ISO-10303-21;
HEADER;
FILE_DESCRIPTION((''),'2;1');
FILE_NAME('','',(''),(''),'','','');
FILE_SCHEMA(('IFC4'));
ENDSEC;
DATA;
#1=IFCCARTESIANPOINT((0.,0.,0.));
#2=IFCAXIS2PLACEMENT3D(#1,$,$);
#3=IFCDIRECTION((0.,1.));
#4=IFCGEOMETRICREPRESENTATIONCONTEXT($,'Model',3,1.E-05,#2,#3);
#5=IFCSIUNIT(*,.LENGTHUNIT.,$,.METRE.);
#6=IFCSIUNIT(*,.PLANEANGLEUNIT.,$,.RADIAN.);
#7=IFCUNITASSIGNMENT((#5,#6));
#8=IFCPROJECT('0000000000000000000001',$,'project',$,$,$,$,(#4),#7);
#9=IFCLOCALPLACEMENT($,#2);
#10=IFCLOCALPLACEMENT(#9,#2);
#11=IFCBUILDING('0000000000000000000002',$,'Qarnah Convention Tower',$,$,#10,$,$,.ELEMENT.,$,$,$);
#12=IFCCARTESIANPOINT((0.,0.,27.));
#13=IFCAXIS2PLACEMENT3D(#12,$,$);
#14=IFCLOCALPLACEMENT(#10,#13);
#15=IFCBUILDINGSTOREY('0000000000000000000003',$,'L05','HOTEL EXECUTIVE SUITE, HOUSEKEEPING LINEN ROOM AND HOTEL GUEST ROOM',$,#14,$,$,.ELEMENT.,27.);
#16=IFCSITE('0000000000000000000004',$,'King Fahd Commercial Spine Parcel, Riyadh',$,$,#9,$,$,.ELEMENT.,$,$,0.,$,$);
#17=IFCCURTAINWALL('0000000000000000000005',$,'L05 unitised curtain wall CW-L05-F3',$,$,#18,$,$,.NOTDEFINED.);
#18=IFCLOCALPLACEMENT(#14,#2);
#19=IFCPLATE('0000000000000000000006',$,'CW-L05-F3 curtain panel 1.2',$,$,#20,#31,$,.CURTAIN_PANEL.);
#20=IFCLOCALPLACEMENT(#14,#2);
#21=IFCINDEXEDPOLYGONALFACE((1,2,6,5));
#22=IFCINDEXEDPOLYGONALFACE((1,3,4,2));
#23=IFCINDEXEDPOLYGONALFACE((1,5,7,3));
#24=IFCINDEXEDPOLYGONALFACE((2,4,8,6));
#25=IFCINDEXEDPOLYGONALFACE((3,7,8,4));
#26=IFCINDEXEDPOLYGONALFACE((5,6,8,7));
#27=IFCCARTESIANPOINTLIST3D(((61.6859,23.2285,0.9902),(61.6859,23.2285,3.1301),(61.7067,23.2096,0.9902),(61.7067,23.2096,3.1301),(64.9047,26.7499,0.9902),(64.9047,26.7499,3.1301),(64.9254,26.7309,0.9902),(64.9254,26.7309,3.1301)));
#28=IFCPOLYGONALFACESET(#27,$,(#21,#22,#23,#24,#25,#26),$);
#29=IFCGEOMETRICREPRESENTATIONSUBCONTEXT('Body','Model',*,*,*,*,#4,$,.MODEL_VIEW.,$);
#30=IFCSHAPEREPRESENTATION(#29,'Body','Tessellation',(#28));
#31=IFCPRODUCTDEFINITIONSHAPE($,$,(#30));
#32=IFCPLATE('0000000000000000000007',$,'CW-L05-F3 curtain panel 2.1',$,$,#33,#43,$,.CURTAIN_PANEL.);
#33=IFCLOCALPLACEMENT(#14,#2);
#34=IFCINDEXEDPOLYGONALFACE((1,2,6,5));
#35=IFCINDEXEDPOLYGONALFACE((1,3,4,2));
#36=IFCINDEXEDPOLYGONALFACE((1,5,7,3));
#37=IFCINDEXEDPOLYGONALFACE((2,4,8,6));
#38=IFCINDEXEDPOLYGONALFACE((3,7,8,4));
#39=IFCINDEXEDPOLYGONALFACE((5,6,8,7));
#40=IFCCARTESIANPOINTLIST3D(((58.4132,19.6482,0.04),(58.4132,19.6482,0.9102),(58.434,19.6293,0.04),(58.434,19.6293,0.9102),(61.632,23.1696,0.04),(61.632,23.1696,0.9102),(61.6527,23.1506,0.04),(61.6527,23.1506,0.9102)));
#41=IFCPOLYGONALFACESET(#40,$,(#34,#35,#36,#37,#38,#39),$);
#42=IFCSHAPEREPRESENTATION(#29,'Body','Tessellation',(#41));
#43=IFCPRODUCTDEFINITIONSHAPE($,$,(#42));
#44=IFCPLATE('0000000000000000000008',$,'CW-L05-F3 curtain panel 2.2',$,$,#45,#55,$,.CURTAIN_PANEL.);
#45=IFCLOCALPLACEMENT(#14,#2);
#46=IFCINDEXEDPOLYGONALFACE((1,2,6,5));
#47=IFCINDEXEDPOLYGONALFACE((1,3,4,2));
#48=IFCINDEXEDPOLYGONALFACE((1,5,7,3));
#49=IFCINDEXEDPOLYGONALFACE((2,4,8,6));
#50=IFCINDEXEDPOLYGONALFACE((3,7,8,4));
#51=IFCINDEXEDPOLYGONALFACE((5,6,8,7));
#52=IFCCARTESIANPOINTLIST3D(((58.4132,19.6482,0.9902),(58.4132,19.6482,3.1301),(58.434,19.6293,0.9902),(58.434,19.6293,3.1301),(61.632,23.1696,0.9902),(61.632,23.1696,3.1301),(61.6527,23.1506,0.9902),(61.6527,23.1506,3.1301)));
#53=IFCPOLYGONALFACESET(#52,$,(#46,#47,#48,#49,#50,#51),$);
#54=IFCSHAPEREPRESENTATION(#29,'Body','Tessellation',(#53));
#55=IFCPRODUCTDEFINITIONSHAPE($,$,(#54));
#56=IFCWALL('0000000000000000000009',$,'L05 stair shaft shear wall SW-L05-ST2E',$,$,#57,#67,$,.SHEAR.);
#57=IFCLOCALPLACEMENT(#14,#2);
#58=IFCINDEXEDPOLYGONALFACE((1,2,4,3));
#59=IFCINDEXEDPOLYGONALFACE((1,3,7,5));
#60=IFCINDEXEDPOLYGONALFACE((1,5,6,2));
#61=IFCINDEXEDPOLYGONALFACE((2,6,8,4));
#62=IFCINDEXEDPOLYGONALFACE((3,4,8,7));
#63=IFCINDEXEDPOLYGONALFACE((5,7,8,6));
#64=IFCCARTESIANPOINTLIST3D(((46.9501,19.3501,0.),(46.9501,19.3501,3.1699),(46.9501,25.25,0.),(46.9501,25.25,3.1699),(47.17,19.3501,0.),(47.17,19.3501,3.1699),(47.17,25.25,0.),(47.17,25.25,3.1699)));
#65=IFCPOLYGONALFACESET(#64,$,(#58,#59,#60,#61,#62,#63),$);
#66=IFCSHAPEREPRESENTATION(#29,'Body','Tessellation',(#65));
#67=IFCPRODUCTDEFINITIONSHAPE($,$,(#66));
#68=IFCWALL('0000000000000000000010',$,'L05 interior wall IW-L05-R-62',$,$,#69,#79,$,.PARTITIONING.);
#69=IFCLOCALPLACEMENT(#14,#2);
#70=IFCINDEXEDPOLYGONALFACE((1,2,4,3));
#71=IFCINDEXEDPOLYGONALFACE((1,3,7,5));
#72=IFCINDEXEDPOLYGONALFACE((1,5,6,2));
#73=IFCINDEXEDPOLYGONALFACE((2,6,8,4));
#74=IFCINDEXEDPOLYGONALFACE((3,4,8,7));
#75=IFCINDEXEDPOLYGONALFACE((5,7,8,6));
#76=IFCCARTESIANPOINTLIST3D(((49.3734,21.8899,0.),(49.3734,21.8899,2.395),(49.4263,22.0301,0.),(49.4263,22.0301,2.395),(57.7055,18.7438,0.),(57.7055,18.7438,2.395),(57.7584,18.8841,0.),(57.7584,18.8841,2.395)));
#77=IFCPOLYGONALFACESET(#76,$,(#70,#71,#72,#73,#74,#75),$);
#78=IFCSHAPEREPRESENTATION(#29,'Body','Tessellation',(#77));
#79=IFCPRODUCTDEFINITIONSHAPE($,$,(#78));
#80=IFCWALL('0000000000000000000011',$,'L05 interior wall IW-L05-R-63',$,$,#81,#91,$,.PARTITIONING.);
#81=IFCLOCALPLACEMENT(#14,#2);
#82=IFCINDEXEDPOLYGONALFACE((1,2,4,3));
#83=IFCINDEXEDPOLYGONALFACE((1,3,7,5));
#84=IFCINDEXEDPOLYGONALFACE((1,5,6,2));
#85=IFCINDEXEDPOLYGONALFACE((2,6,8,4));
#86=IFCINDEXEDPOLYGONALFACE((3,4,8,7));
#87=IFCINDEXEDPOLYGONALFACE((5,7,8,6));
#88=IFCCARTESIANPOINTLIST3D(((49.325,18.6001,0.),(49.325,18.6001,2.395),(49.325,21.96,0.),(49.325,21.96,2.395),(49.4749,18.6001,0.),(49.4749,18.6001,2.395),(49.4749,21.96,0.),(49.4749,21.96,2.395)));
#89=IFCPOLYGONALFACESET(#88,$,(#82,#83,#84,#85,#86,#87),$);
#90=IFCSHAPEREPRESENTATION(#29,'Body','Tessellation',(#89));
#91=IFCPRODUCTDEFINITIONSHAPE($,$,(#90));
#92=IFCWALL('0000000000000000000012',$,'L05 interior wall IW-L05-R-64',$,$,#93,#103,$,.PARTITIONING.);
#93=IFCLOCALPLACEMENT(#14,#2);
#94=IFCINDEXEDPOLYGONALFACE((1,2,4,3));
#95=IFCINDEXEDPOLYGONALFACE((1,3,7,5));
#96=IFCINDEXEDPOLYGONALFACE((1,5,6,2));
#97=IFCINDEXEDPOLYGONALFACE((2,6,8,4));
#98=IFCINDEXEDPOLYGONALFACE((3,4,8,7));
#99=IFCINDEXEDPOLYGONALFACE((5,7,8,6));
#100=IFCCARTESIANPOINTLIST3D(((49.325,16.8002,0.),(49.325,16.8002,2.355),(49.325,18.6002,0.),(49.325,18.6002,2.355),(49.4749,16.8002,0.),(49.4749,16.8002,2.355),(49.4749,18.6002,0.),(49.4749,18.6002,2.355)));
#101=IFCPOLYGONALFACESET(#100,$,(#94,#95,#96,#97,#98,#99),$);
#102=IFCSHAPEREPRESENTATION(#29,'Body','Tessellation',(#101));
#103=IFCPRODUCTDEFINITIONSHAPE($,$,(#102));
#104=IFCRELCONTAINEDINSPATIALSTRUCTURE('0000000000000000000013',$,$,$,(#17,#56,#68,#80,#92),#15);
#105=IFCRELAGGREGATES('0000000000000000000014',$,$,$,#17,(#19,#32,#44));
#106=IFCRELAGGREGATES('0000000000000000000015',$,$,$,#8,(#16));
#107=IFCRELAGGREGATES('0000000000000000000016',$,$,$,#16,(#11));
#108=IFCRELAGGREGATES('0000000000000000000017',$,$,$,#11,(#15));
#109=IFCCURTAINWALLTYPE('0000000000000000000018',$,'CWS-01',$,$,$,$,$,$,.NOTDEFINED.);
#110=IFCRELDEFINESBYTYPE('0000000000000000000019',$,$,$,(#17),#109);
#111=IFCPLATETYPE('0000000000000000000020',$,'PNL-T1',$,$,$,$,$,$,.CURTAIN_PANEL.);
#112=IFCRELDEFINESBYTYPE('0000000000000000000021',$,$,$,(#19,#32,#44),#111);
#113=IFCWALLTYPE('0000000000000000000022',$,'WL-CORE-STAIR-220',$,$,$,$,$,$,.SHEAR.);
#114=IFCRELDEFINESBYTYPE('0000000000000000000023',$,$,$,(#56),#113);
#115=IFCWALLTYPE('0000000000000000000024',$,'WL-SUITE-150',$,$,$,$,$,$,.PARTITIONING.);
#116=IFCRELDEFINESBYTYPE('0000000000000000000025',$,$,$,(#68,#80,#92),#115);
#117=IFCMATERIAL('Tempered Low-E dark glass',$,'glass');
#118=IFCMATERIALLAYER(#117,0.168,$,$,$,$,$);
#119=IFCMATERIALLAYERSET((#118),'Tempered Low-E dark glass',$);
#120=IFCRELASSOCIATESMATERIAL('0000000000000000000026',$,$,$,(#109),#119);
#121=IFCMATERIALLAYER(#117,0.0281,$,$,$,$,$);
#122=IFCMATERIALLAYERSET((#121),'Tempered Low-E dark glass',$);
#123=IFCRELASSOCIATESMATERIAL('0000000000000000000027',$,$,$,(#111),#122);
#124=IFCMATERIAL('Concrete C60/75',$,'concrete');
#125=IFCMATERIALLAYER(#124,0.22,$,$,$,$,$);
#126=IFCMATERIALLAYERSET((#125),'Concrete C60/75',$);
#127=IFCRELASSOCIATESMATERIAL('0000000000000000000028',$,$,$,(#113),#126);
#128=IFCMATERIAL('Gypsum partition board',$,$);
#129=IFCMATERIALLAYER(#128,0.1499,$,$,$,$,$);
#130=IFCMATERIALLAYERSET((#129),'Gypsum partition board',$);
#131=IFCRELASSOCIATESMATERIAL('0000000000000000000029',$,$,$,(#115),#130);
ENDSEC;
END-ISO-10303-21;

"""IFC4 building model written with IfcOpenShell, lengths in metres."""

from ifc_helpers import new_model, si_unit, direction, frame, frame_2d, origin, origin_2d, place, context, subcontext, project, spatial, rectangle, extrude, material, layer, layer_set, type_object, element, aggregate, save


model = new_model("IFC4")

# Units and contexts
model_context = context("Model", 3, precision=1e-05, world=origin(), true_north=direction((0.0, 1.0)))
body_context = subcontext(model_context, "Body", "Model", "MODEL_VIEW")
ifc_project = project(units=[si_unit("LENGTHUNIT", "METRE"), si_unit("PLANEANGLEUNIT", "RADIAN")], contexts=[model_context])

# Site, building, storey
site_placement = place(None, origin())
site = spatial("IfcSite", under=ifc_project, at=site_placement, Name="King Fahd Commercial Spine Parcel, Riyadh", CompositionType="ELEMENT", RefElevation=0.0)
building_placement = place(site_placement, origin())
building = spatial("IfcBuilding", under=site, at=building_placement, Name="Qarnah Convention Tower", CompositionType="ELEMENT")
storey_placement = place(building_placement, frame((0.0, 0.0, 27.0)))
storey = spatial("IfcBuildingStorey", under=building, at=storey_placement, Name="L05", Description="HOTEL EXECUTIVE SUITE, HOUSEKEEPING LINEN ROOM AND HOTEL GUEST ROOM", CompositionType="ELEMENT", Elevation=27.0)

# Shared definitions
ifc_material_1 = material(Name="Concrete C60/75", Category="concrete")

# Curtain wall, plates
ifc_material_2 = material(Name="Tempered Low-E dark glass", Category="glass")
ifc_layer_1 = layer(ifc_material_2, 0.168)
ifc_layer_set_1 = layer_set([ifc_layer_1], Name="Tempered Low-E dark glass")
curtain_wall_type = type_object("IfcCurtainWallType", Name="CWS-01", PredefinedType="NOTDEFINED", material=ifc_layer_set_1)
curtain_wall_placement = place(storey_placement, origin())
curtain_wall = element("IfcCurtainWall", 1, at=curtain_wall_placement, inside=storey, type_object=curtain_wall_type, Name="L05 unitised curtain wall CW-L05-F3", PredefinedType="NOTDEFINED")
ifc_layer_2 = layer(ifc_material_2, 0.0281)
ifc_layer_set_2 = layer_set([ifc_layer_2], Name="Tempered Low-E dark glass")
plate_type = type_object("IfcPlateType", Name="PNL-T1", PredefinedType="CURTAIN_PANEL", material=ifc_layer_set_2)
plate_1_placement = place(storey_placement, frame((63.3057, 24.9797, 0.9902), z_axis=(0.0, 0.0, 1.0), x_axis=(-0.674682, -0.738109, 0.0)))
plate_1 = element("IfcPlate", 2, at=plate_1_placement, type_object=plate_type, Name="CW-L05-F3 curtain panel 1.2", PredefinedType="CURTAIN_PANEL", context=body_context, shape_type="SweptSolid", body=[
    extrude(rectangle(XDim=4.7708, YDim=0.0281, at=origin_2d()), origin(), (0.0, 0.0, 1.0), 2.1399),
])
plate_2_placement = place(storey_placement, frame((60.033, 21.3994, 0.04), z_axis=(0.0, 0.0, 1.0), x_axis=(-0.674682, -0.738109, 0.0)))
plate_2 = element("IfcPlate", 3, at=plate_2_placement, type_object=plate_type, Name="CW-L05-F3 curtain panel 2.1", PredefinedType="CURTAIN_PANEL", context=body_context, shape_type="SweptSolid", body=[
    extrude(rectangle(XDim=4.7708, YDim=0.0281, at=origin_2d()), origin(), (0.0, 0.0, 1.0), 0.8701),
])
plate_3_placement = place(storey_placement, frame((60.033, 21.3994, 0.9902), z_axis=(0.0, 0.0, 1.0), x_axis=(-0.674682, -0.738109, 0.0)))
plate_3 = element("IfcPlate", 4, at=plate_3_placement, type_object=plate_type, Name="CW-L05-F3 curtain panel 2.2", PredefinedType="CURTAIN_PANEL", context=body_context, shape_type="SweptSolid", body=[
    extrude(rectangle(XDim=4.7708, YDim=0.0281, at=origin_2d()), origin(), (0.0, 0.0, 1.0), 2.1399),
])
aggregate(curtain_wall, [plate_1, plate_2, plate_3])

# Walls
ifc_layer_3 = layer(ifc_material_1, 0.22)
ifc_layer_set_3 = layer_set([ifc_layer_3], Name="Concrete C60/75")
wall_type_1 = type_object("IfcWallType", Name="WL-CORE-STAIR-220", PredefinedType="SHEAR", material=ifc_layer_set_3)
wall_1_placement = place(storey_placement, frame((47.0601, 19.3501, 0.0), z_axis=(0.0, 0.0, 1.0), x_axis=(0.0, 1.0, 0.0)))
element("IfcWall", 5, at=wall_1_placement, inside=storey, type_object=wall_type_1, Name="L05 stair shaft shear wall SW-L05-ST2E", PredefinedType="SHEAR", context=body_context, shape_type="SweptSolid", body=[
    extrude(rectangle(XDim=5.8999, YDim=0.22, at=frame_2d((2.95, 0.0))), origin(), (0.0, 0.0, 1.0), 3.1699),
])
ifc_material_3 = material(Name="Gypsum partition board")
ifc_layer_4 = layer(ifc_material_3, 0.1499)
ifc_layer_set_4 = layer_set([ifc_layer_4], Name="Gypsum partition board")
wall_type_2 = type_object("IfcWallType", Name="WL-SUITE-150", PredefinedType="PARTITIONING", material=ifc_layer_set_4)
wall_2_placement = place(storey_placement, frame((57.7319, 18.814, 0.0), z_axis=(0.0, 0.0, 1.0), x_axis=(-0.935534, 0.353237, 0.0)))
element("IfcWall", 6, at=wall_2_placement, inside=storey, type_object=wall_type_2, Name="L05 interior wall IW-L05-R-62", PredefinedType="PARTITIONING", context=body_context, shape_type="SweptSolid", body=[
    extrude(rectangle(XDim=8.9062, YDim=0.1499, at=frame_2d((4.4531, 0.0))), origin(), (0.0, 0.0, 1.0), 2.395),
])
wall_3_placement = place(storey_placement, frame((49.3999, 21.96, 0.0), z_axis=(0.0, 0.0, 1.0), x_axis=(0.0, -1.0, 0.0)))
element("IfcWall", 7, at=wall_3_placement, inside=storey, type_object=wall_type_2, Name="L05 interior wall IW-L05-R-63", PredefinedType="PARTITIONING", context=body_context, shape_type="SweptSolid", body=[
    extrude(rectangle(XDim=3.3599, YDim=0.1499, at=frame_2d((1.6799, 0.0))), origin(), (0.0, 0.0, 1.0), 2.395),
])
wall_4_placement = place(storey_placement, frame((49.3999, 18.6001, 0.0), z_axis=(0.0, 0.0, 1.0), x_axis=(0.0, -1.0, 0.0)))
element("IfcWall", 8, at=wall_4_placement, inside=storey, type_object=wall_type_2, Name="L05 interior wall IW-L05-R-64", PredefinedType="PARTITIONING", context=body_context, shape_type="SweptSolid", body=[
    extrude(rectangle(XDim=1.8, YDim=0.1499, at=frame_2d((0.8999, 0.0))), origin(), (0.0, 0.0, 1.0), 2.355),
])

save(model, "model.ifc")
